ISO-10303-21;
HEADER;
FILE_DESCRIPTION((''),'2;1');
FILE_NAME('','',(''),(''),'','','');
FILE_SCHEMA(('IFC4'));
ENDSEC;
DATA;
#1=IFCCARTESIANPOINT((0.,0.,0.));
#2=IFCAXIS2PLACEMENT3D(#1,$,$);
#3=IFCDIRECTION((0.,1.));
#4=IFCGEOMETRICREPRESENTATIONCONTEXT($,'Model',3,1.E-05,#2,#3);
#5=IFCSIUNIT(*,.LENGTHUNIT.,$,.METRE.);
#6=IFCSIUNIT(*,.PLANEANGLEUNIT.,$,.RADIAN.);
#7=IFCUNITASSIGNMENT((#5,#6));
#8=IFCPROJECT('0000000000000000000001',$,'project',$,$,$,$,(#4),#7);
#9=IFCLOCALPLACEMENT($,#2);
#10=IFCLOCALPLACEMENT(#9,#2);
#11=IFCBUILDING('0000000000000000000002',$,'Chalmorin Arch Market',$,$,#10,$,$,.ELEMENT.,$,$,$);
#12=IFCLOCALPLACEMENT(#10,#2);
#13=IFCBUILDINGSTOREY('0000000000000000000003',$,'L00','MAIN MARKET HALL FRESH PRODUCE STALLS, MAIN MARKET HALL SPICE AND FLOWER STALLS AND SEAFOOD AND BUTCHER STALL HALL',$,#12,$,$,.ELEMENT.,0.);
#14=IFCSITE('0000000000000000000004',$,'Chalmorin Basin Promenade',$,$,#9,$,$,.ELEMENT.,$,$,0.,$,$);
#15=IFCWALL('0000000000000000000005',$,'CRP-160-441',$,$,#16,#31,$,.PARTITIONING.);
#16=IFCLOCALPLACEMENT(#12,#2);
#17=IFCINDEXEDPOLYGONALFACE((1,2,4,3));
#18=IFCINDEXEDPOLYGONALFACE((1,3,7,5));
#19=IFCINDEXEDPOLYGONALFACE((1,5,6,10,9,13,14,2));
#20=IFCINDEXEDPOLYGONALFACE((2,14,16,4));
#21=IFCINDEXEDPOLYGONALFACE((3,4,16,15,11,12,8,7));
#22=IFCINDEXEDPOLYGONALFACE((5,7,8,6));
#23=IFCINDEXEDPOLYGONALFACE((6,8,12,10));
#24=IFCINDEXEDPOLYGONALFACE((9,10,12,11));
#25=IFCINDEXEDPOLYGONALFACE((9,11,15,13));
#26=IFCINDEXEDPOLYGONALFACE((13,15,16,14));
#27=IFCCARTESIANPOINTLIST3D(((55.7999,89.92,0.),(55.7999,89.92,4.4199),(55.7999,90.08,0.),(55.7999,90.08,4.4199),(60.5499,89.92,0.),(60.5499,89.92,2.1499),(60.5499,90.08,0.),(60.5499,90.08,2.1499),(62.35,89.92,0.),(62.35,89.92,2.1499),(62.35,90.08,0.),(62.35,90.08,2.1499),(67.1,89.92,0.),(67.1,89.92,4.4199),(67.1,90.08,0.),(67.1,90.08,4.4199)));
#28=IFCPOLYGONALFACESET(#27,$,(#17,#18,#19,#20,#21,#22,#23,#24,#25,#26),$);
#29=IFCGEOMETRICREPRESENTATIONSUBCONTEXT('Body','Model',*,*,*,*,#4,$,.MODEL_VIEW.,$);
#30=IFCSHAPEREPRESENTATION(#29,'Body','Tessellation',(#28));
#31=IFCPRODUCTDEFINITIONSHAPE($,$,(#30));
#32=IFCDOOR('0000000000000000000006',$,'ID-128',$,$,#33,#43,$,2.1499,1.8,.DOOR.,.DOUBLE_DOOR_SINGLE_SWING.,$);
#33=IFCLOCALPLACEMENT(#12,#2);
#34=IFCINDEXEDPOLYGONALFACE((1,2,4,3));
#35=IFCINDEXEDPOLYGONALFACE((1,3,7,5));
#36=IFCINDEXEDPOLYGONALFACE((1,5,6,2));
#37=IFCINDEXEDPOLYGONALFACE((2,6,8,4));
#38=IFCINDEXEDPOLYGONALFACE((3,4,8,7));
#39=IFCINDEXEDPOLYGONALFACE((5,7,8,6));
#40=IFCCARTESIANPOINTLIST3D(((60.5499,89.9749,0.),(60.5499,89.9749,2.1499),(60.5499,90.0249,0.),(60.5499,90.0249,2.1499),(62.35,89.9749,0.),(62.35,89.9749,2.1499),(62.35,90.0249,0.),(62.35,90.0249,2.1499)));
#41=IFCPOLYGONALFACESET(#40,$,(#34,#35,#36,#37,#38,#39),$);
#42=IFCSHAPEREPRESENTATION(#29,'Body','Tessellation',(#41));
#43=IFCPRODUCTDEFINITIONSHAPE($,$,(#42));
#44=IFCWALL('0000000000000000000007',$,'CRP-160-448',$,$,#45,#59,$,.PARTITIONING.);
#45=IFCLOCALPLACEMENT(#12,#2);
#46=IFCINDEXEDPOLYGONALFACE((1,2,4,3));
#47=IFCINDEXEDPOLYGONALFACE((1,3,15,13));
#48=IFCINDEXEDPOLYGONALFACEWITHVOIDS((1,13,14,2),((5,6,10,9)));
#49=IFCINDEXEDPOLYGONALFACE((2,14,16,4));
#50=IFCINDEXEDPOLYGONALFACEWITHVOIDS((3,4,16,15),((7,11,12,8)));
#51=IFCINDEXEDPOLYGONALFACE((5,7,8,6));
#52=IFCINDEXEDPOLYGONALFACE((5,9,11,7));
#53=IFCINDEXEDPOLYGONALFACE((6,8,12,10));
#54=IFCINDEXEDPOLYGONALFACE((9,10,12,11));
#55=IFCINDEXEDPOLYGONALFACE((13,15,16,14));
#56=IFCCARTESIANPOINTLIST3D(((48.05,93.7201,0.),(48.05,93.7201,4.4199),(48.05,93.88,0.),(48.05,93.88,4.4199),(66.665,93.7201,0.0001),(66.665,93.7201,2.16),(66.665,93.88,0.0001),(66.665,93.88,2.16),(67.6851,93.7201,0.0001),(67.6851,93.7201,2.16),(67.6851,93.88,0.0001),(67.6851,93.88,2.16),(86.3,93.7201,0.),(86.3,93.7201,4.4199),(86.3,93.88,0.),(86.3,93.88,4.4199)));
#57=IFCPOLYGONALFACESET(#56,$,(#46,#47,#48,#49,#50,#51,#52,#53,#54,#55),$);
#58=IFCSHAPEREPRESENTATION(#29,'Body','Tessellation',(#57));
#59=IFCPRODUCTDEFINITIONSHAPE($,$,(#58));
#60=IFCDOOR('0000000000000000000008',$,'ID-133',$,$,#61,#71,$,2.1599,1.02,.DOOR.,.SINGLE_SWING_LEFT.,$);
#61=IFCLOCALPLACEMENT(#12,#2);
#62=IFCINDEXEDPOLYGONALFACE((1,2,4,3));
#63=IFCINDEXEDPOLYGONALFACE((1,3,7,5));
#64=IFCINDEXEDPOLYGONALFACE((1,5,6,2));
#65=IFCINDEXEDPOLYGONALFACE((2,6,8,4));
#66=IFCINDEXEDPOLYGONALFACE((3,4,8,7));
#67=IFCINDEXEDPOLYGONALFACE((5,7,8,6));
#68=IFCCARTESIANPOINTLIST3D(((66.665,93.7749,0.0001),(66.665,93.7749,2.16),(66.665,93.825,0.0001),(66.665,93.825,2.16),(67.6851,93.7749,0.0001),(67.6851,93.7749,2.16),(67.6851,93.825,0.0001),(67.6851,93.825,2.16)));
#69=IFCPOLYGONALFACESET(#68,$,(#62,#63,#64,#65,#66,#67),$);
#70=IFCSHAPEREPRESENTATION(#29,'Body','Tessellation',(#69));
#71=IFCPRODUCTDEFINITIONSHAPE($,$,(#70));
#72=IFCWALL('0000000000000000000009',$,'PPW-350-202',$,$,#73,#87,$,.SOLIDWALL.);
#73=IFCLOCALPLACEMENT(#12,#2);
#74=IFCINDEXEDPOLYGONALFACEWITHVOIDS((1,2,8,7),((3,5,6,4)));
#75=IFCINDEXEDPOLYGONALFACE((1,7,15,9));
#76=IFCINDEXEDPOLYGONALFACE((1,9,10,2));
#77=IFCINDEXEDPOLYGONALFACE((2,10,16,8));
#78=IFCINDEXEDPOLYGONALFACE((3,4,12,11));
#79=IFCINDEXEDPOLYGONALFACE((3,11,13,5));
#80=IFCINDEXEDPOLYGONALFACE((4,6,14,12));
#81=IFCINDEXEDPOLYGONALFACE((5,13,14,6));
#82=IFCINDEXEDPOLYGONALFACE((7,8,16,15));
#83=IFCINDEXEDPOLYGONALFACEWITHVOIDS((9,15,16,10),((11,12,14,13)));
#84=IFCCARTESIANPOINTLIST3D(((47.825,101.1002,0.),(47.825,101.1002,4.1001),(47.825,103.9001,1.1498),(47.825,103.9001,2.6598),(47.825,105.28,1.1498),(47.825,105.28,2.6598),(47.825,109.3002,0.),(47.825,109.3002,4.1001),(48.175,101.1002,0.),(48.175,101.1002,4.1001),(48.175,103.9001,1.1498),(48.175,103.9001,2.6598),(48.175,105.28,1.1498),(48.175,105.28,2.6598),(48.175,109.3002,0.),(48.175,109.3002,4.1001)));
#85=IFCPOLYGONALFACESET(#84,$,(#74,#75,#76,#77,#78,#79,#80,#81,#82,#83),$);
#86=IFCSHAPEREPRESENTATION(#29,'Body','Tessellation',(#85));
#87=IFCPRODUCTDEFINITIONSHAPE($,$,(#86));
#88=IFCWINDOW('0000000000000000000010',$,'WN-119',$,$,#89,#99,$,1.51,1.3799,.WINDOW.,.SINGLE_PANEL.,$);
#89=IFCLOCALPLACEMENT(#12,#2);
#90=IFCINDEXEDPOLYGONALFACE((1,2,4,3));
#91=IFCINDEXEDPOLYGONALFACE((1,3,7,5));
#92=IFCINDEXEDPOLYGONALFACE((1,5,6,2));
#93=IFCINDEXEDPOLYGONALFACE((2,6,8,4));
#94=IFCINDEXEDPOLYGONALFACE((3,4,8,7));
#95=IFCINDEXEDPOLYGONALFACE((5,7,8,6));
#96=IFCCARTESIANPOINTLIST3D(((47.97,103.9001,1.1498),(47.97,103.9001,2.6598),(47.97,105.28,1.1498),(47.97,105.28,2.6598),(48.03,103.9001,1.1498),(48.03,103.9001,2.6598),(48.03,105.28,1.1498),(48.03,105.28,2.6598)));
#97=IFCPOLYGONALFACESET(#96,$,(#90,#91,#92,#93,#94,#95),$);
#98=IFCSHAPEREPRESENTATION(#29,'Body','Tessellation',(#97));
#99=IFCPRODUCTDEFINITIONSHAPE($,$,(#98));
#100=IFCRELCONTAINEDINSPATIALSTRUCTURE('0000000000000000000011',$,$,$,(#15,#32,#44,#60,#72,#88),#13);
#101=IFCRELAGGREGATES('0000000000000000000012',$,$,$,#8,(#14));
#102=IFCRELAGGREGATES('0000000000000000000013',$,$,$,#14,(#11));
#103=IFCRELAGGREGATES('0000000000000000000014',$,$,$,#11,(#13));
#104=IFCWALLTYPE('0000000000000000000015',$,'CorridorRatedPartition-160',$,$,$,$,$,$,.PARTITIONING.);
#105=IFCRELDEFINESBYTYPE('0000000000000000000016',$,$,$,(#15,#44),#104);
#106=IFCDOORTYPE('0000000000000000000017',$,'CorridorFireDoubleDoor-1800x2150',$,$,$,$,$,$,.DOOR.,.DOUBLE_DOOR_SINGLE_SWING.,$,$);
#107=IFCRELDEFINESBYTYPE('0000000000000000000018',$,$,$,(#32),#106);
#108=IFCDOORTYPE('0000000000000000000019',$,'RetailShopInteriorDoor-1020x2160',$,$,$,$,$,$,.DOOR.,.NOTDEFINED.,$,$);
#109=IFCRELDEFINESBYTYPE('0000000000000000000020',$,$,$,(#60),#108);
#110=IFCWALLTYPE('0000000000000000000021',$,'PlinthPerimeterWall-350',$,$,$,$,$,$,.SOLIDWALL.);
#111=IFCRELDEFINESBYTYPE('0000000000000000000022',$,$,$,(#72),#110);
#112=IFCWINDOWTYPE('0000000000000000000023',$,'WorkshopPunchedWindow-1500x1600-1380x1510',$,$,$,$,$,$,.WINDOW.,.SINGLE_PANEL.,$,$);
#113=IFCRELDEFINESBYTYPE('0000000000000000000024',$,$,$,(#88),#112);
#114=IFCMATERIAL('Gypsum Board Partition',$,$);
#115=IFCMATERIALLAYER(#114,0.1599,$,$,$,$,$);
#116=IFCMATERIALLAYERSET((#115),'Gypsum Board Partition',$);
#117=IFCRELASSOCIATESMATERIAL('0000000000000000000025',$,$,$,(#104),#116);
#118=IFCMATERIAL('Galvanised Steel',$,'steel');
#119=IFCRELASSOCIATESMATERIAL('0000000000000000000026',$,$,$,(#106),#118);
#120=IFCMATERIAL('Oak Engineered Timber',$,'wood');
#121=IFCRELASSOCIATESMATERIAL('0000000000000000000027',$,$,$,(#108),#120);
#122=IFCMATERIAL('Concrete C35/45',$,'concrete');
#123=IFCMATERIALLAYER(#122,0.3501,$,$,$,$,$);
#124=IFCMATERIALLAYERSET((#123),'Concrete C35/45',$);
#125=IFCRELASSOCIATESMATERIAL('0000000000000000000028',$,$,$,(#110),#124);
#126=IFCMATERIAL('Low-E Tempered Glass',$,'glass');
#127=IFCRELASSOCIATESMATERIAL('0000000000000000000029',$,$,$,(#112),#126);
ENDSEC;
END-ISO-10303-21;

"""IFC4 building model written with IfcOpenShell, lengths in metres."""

from ifc_helpers import new_model, si_unit, direction, frame, frame_2d, origin, place, context, subcontext, project, spatial, rectangle, extrude, material, layer, layer_set, type_object, element, fill, save


model = new_model("IFC4")

# Units and contexts
model_context = context("Model", 3, precision=1e-05, world=origin(), true_north=direction((0.0, 1.0)))
body_context = subcontext(model_context, "Body", "Model", "MODEL_VIEW")
ifc_project = project(units=[si_unit("LENGTHUNIT", "METRE"), si_unit("PLANEANGLEUNIT", "RADIAN")], contexts=[model_context])

# Site, building, storey
site_placement = place(None, origin())
site = spatial("IfcSite", under=ifc_project, at=site_placement, Name="Chalmorin Basin Promenade", CompositionType="ELEMENT", RefElevation=0.0)
building_placement = place(site_placement, origin())
building = spatial("IfcBuilding", under=site, at=building_placement, Name="Chalmorin Arch Market", CompositionType="ELEMENT")
storey_placement = place(building_placement, origin())
storey = spatial("IfcBuildingStorey", under=building, at=storey_placement, Name="L00", Description="MAIN MARKET HALL FRESH PRODUCE STALLS, MAIN MARKET HALL SPICE AND FLOWER STALLS AND SEAFOOD AND BUTCHER STALL HALL", CompositionType="ELEMENT", Elevation=0.0)

# Walls, openings, doors
ifc_material_1 = material(Name="Gypsum Board Partition")
ifc_layer_1 = layer(ifc_material_1, 0.1599)
ifc_layer_set_1 = layer_set([ifc_layer_1], Name="Gypsum Board Partition")
wall_type_1 = type_object("IfcWallType", Name="CorridorRatedPartition-160", PredefinedType="PARTITIONING", material=ifc_layer_set_1)
wall_1_placement = place(storey_placement, frame((55.8, 90.0, 0.0), z_axis=(0.0, 0.0, 1.0), x_axis=(1.0, 0.0, 0.0)))
wall_1 = element("IfcWall", 1, at=wall_1_placement, inside=storey, type_object=wall_type_1, Name="CRP-160-441", PredefinedType="PARTITIONING", context=body_context, shape_type="SweptSolid", body=[
    extrude(rectangle(XDim=11.3, YDim=0.1599, at=frame_2d((5.6499, 0.0))), origin(), (0.0, 0.0, 1.0), 4.4199),
])
opening_1_placement = place(wall_1_placement, frame((4.75, 0.0, 0.0)))
opening_1 = element("IfcOpeningElement", 2, at=opening_1_placement, cuts=wall_1, PredefinedType="OPENING", context=body_context, shape_type="SweptSolid", body=[
    extrude(rectangle(XDim=1.8, YDim=2.1499, at=frame_2d((0.8999, 1.075))), frame((0.0, 0.0898, 0.0), z_axis=(0.0, -1.0, 0.0), x_axis=(1.0, 0.0, 0.0)), (0.0, 0.0, 1.0), 0.1799),
])
ifc_material_2 = material(Name="Galvanised Steel", Category="steel")
door_type_1 = type_object("IfcDoorType", Name="CorridorFireDoubleDoor-1800x2150", OperationType="DOUBLE_DOOR_SINGLE_SWING", PredefinedType="DOOR", material=ifc_material_2)
door_1_placement = place(opening_1_placement, origin())
door_1 = element("IfcDoor", 3, at=door_1_placement, inside=storey, type_object=door_type_1, Name="ID-128", OperationType="DOUBLE_DOOR_SINGLE_SWING", OverallHeight=2.1499, OverallWidth=1.8, PredefinedType="DOOR", context=body_context, shape_type="SweptSolid", body=[
    extrude(rectangle(XDim=1.8, YDim=2.1499, at=frame_2d((0.8999, 1.075))), frame((0.0, 0.0249, 0.0), z_axis=(0.0, -1.0, 0.0), x_axis=(1.0, 0.0, 0.0)), (0.0, 0.0, 1.0), 0.05),
])
fill(opening_1, door_1)
wall_2_placement = place(storey_placement, frame((48.05, 93.8, 0.0), z_axis=(0.0, 0.0, 1.0), x_axis=(1.0, 0.0, 0.0)))
wall_2 = element("IfcWall", 4, at=wall_2_placement, inside=storey, type_object=wall_type_1, Name="CRP-160-448", PredefinedType="PARTITIONING", context=body_context, shape_type="SweptSolid", body=[
    extrude(rectangle(XDim=38.25, YDim=0.1599, at=frame_2d((19.125, 0.0))), origin(), (0.0, 0.0, 1.0), 4.4199),
])
opening_2_placement = place(wall_2_placement, frame((18.615, 0.0, 0.0)))
opening_2 = element("IfcOpeningElement", 5, at=opening_2_placement, cuts=wall_2, PredefinedType="OPENING", context=body_context, shape_type="SweptSolid", body=[
    extrude(rectangle(XDim=1.02, YDim=2.1599, at=frame_2d((0.51, 1.0801))), frame((0.0, 0.0898, 0.0), z_axis=(0.0, -1.0, 0.0), x_axis=(1.0, 0.0, 0.0)), (0.0, 0.0, 1.0), 0.1799),
])
ifc_material_3 = material(Name="Oak Engineered Timber", Category="wood")
door_type_2 = type_object("IfcDoorType", Name="RetailShopInteriorDoor-1020x2160", OperationType="NOTDEFINED", PredefinedType="DOOR", material=ifc_material_3)
door_2_placement = place(opening_2_placement, origin())
door_2 = element("IfcDoor", 6, at=door_2_placement, inside=storey, type_object=door_type_2, Name="ID-133", OperationType="SINGLE_SWING_LEFT", OverallHeight=2.1599, OverallWidth=1.02, PredefinedType="DOOR", context=body_context, shape_type="SweptSolid", body=[
    extrude(rectangle(XDim=1.02, YDim=2.1599, at=frame_2d((0.51, 1.0801))), frame((0.0, 0.0249, 0.0), z_axis=(0.0, -1.0, 0.0), x_axis=(1.0, 0.0, 0.0)), (0.0, 0.0, 1.0), 0.05),
])
fill(opening_2, door_2)
ifc_material_4 = material(Name="Concrete C35/45", Category="concrete")
ifc_layer_2 = layer(ifc_material_4, 0.3501)
ifc_layer_set_2 = layer_set([ifc_layer_2], Name="Concrete C35/45")
wall_type_2 = type_object("IfcWallType", Name="PlinthPerimeterWall-350", PredefinedType="SOLIDWALL", material=ifc_layer_set_2)

# Wall, opening, window
wall_3_placement = place(storey_placement, frame((48.0, 101.1001, 0.0), z_axis=(0.0, 0.0, 1.0), x_axis=(0.0, 1.0, 0.0)))
wall_3 = element("IfcWall", 7, at=wall_3_placement, inside=storey, type_object=wall_type_2, Name="PPW-350-202", PredefinedType="SOLIDWALL", context=body_context, shape_type="SweptSolid", body=[
    extrude(rectangle(XDim=8.2, YDim=0.3501, at=frame_2d((4.1001, 0.0))), origin(), (0.0, 0.0, 1.0), 4.1001),
])
opening_3_placement = place(wall_3_placement, frame((2.8, 0.0, 1.1499)))
opening_3 = element("IfcOpeningElement", 8, at=opening_3_placement, cuts=wall_3, PredefinedType="OPENING", context=body_context, shape_type="SweptSolid", body=[
    extrude(rectangle(XDim=1.3799, YDim=1.51, at=frame_2d((0.6899, 0.7549))), frame((0.0, 0.1851, 0.0), z_axis=(0.0, -1.0, 0.0), x_axis=(1.0, 0.0, 0.0)), (0.0, 0.0, 1.0), 0.3701),
])
ifc_material_5 = material(Name="Low-E Tempered Glass", Category="glass")
window_type = type_object("IfcWindowType", Name="WorkshopPunchedWindow-1500x1600-1380x1510", PartitioningType="SINGLE_PANEL", PredefinedType="WINDOW", material=ifc_material_5)
window_placement = place(opening_3_placement, origin())
window = element("IfcWindow", 9, at=window_placement, inside=storey, type_object=window_type, Name="WN-119", OverallHeight=1.51, OverallWidth=1.3799, PartitioningType="SINGLE_PANEL", PredefinedType="WINDOW", context=body_context, shape_type="SweptSolid", body=[
    extrude(rectangle(XDim=1.3799, YDim=1.51, at=frame_2d((0.6899, 0.7549))), frame((0.0, 0.03, 0.0), z_axis=(0.0, -1.0, 0.0), x_axis=(1.0, 0.0, 0.0)), (0.0, 0.0, 1.0), 0.0601),
])
fill(opening_3, window)

save(model, "model.ifc")
